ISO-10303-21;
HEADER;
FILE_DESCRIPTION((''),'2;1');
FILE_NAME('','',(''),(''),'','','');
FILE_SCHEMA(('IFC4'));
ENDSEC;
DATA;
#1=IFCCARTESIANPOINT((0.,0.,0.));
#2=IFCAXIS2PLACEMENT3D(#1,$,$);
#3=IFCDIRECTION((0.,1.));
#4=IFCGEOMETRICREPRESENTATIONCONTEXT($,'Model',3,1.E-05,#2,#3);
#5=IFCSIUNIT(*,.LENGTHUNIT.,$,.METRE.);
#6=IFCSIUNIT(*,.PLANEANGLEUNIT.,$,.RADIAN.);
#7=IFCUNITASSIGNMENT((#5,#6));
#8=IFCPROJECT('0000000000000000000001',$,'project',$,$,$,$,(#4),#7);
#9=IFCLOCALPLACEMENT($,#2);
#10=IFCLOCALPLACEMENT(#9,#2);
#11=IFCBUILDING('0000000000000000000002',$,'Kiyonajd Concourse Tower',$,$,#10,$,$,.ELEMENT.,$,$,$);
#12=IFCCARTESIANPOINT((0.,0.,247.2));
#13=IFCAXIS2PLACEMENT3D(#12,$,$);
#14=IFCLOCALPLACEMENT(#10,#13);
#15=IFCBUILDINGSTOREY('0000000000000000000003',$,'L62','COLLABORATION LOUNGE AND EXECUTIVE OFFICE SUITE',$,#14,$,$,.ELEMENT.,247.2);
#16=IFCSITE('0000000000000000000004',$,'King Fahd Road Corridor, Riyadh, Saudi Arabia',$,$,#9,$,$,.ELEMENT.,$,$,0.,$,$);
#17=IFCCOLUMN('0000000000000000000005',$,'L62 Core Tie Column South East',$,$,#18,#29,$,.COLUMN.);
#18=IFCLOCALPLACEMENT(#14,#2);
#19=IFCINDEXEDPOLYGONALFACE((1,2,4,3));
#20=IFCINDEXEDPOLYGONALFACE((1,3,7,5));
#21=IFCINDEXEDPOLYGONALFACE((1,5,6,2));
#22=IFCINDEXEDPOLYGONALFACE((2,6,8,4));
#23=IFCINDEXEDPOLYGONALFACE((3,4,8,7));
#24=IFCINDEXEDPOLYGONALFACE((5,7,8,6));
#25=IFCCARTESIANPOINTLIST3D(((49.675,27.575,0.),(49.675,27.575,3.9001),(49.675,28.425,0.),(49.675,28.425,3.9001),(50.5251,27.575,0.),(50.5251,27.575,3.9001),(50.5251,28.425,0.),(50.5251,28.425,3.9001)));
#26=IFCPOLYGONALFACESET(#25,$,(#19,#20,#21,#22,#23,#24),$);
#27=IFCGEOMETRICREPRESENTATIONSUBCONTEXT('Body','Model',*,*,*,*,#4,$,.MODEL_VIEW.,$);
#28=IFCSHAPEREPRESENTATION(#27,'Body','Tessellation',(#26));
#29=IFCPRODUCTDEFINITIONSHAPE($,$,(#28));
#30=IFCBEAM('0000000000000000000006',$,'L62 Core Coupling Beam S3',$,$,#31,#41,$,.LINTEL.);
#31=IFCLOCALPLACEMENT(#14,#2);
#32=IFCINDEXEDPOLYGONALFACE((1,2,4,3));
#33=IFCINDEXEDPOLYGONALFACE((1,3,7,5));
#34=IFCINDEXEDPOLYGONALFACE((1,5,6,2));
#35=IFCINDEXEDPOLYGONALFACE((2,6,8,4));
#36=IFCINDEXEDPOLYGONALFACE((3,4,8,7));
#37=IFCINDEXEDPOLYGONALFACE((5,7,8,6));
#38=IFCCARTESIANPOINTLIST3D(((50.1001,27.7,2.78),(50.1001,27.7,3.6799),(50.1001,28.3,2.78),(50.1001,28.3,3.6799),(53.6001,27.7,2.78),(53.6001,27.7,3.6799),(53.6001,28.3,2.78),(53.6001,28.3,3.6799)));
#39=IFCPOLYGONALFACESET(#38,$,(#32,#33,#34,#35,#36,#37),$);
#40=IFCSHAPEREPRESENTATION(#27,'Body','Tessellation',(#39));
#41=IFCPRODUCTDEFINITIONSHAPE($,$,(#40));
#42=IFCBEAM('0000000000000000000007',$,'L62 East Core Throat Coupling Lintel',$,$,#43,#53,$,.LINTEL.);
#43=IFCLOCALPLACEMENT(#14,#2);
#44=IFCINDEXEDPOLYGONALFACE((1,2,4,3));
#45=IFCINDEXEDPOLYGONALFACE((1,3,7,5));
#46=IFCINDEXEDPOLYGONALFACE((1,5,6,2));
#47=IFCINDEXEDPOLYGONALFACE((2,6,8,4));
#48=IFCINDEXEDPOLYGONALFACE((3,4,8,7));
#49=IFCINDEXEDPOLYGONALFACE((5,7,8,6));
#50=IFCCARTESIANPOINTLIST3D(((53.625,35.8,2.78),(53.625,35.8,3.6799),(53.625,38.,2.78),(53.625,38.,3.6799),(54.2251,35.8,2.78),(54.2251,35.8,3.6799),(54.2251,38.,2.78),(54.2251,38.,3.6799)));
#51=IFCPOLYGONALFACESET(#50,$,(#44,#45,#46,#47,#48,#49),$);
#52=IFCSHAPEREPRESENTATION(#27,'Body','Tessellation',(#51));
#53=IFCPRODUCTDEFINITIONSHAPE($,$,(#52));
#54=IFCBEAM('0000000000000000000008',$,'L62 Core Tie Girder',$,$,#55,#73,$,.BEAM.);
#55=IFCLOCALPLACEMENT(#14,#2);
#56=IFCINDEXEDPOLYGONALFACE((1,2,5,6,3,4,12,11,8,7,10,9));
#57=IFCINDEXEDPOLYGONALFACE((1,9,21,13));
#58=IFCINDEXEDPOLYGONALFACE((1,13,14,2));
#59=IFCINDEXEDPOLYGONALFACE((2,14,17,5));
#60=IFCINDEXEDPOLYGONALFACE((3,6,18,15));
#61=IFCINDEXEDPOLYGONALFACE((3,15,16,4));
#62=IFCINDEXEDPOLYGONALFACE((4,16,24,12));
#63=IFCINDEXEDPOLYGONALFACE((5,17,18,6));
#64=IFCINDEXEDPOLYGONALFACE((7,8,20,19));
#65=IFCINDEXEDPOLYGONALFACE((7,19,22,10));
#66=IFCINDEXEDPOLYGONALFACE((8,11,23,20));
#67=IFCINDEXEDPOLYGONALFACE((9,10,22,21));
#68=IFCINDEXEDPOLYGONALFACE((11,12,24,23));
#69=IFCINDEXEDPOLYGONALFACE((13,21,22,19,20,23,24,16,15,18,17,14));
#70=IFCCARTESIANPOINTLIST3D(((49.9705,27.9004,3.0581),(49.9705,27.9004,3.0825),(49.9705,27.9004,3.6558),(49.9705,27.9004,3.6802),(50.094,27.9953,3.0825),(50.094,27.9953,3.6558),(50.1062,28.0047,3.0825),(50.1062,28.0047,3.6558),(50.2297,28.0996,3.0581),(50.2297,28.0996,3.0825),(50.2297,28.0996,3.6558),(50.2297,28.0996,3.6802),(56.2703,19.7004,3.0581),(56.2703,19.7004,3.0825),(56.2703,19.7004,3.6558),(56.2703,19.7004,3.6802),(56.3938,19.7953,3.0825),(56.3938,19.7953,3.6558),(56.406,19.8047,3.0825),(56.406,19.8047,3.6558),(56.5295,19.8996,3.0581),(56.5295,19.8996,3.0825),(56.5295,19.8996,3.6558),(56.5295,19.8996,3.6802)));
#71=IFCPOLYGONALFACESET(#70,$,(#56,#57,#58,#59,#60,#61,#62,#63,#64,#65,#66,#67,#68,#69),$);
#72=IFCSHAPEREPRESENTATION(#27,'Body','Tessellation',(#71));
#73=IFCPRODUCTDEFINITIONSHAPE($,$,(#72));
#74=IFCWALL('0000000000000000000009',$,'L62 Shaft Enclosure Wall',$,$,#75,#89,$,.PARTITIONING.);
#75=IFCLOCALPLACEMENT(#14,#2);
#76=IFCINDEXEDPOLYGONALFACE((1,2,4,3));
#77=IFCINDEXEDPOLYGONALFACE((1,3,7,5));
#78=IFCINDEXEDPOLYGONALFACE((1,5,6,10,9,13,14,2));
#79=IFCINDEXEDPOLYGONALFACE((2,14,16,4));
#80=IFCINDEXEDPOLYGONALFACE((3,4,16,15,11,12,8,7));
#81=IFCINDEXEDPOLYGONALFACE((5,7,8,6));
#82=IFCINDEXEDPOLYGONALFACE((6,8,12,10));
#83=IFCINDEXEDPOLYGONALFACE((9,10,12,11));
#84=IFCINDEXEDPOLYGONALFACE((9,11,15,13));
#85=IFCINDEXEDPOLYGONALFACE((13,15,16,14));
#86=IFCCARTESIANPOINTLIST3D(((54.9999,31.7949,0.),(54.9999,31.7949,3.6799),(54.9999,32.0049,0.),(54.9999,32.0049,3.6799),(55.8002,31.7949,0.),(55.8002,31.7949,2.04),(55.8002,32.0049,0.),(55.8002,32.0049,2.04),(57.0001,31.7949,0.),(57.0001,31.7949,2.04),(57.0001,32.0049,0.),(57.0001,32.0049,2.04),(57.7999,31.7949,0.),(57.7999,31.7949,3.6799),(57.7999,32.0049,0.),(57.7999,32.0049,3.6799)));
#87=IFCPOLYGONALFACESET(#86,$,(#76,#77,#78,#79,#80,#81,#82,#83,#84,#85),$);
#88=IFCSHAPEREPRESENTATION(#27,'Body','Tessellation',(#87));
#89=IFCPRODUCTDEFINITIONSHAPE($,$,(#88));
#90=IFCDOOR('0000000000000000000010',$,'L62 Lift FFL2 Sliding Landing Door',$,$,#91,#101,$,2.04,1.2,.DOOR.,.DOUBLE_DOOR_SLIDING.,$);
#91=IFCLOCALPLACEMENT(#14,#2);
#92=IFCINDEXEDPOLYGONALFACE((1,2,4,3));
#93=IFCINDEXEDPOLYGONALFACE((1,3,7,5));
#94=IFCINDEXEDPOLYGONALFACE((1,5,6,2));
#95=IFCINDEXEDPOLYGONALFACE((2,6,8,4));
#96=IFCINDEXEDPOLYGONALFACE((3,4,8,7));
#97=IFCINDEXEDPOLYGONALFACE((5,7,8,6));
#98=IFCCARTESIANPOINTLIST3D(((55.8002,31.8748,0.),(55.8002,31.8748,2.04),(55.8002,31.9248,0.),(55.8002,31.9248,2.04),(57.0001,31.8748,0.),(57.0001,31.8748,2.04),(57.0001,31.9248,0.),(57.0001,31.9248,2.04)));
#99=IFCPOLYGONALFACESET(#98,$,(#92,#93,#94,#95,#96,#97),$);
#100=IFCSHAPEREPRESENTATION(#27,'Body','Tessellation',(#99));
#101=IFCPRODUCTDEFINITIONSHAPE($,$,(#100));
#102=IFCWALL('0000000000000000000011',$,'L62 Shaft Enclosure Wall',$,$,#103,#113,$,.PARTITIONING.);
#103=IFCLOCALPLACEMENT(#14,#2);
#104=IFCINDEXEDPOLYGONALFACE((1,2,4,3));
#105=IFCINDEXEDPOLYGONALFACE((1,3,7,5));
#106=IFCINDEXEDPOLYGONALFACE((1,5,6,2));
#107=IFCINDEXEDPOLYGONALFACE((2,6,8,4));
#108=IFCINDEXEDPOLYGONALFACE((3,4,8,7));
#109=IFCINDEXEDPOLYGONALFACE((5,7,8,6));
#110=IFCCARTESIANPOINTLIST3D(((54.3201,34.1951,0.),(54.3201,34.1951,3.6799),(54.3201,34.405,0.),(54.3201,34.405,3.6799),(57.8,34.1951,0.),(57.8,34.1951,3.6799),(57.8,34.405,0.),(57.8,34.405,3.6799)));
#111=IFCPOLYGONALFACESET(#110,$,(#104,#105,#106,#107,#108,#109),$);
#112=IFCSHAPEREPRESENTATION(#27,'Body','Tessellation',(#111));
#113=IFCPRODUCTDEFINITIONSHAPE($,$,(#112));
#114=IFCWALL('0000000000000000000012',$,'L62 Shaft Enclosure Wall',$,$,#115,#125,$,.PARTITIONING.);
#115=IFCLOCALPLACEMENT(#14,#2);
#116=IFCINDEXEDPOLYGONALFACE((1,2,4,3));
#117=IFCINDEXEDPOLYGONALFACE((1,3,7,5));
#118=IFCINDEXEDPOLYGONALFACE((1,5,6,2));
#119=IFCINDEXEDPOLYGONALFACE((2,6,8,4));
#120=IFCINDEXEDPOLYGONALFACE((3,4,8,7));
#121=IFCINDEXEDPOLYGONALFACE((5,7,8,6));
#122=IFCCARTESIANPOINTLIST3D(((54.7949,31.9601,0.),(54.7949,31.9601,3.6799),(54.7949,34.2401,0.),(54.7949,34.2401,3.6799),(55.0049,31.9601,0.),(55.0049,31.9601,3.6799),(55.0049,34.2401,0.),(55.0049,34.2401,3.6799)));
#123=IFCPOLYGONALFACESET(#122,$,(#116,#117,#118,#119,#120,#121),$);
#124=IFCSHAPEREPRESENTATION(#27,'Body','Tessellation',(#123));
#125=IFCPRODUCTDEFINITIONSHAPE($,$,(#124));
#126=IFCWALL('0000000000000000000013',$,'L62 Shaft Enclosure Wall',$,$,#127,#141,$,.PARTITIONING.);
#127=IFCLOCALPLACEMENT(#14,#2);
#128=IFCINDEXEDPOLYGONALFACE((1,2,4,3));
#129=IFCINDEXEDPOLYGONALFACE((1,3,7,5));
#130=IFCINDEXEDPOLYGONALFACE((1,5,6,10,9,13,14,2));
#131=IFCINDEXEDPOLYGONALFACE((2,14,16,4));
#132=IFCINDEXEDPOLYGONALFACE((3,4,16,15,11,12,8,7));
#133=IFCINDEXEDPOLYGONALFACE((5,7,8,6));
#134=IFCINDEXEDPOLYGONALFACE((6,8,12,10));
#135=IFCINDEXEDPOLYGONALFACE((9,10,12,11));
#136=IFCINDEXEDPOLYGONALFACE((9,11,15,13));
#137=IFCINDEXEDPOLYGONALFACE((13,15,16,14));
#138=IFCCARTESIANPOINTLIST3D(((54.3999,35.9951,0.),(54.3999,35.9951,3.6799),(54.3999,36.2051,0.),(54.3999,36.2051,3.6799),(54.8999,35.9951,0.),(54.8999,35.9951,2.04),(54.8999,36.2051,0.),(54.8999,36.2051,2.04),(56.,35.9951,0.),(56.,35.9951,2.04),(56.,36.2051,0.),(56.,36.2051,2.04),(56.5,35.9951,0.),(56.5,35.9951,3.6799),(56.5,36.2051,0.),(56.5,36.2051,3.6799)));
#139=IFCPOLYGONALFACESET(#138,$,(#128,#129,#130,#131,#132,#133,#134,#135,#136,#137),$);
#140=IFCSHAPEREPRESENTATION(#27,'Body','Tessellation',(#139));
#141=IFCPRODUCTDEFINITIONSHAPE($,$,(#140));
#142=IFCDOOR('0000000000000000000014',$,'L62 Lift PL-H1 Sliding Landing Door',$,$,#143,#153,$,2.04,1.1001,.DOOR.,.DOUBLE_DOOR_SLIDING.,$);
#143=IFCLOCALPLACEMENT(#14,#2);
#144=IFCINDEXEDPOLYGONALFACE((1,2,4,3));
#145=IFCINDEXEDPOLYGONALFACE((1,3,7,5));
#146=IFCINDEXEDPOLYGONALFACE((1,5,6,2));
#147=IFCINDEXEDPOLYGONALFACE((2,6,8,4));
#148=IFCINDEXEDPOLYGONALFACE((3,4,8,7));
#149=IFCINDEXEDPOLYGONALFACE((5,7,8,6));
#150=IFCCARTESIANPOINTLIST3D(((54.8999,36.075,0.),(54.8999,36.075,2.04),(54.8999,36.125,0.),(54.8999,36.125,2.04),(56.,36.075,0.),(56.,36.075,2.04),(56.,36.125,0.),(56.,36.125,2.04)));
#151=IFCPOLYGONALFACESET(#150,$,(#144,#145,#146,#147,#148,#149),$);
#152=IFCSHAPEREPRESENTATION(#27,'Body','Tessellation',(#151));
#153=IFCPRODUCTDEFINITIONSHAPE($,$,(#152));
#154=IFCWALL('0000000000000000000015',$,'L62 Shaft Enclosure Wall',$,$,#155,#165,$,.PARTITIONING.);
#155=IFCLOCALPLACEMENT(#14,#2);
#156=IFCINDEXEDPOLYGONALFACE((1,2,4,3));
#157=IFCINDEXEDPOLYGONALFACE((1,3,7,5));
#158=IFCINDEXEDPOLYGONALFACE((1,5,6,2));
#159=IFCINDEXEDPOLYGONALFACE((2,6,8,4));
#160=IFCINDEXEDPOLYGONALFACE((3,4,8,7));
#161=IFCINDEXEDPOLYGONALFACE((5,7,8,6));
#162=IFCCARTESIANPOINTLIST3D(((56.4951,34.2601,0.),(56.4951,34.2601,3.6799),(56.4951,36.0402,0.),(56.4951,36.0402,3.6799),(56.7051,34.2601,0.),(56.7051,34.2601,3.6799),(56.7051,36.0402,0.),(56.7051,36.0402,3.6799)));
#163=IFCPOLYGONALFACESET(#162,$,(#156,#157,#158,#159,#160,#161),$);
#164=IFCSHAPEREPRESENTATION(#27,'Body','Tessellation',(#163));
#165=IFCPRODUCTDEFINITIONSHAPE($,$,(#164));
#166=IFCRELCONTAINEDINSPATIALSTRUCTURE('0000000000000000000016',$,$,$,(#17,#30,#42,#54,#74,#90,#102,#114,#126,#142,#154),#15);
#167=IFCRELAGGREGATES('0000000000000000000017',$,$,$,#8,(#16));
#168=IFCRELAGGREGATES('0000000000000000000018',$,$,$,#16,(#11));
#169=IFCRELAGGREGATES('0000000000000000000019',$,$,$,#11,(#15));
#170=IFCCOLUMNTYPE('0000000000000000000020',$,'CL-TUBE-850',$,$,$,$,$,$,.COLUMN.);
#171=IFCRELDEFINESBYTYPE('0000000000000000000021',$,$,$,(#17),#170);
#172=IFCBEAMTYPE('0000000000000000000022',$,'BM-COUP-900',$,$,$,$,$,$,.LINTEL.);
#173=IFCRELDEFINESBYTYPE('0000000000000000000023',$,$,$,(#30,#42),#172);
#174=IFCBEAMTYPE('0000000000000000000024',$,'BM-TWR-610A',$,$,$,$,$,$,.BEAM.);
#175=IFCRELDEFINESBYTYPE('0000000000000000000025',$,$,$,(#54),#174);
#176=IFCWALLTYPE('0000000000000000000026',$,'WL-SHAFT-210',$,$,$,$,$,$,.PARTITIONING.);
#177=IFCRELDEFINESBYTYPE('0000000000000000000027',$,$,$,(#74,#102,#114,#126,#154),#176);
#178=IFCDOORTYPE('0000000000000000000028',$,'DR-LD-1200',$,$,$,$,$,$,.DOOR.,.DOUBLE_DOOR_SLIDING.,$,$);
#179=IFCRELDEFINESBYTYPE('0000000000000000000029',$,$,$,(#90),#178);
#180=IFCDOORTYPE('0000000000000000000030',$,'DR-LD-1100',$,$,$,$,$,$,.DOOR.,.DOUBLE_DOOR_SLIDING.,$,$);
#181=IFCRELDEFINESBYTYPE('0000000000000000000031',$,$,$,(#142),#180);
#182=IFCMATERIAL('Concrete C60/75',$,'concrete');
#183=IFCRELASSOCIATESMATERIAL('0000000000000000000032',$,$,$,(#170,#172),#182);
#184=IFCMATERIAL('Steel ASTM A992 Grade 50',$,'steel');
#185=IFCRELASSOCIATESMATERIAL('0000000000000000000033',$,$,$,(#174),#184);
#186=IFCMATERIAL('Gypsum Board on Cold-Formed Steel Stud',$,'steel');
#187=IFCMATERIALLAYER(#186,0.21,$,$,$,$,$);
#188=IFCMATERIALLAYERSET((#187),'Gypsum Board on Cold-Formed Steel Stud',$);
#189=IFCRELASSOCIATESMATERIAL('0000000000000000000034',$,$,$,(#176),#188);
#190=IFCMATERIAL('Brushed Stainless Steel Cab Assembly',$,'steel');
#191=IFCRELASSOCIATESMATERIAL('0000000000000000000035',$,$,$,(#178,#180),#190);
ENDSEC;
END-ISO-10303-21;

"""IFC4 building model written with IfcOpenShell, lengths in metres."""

from ifc_helpers import new_model, si_unit, direction, frame, frame_2d, origin, origin_2d, place, context, subcontext, project, spatial, rectangle, i_section, extrude, material, layer, layer_set, material_profile, profile_set, type_object, element, fill, save


model = new_model("IFC4")

# Units and contexts
model_context = context("Model", 3, precision=1e-05, world=origin(), true_north=direction((0.0, 1.0)))
body_context = subcontext(model_context, "Body", "Model", "MODEL_VIEW")
ifc_project = project(units=[si_unit("LENGTHUNIT", "METRE"), si_unit("PLANEANGLEUNIT", "RADIAN")], contexts=[model_context])

# Site, building, storey
site_placement = place(None, origin())
site = spatial("IfcSite", under=ifc_project, at=site_placement, Name="King Fahd Road Corridor, Riyadh, Saudi Arabia", CompositionType="ELEMENT", RefElevation=0.0)
building_placement = place(site_placement, origin())
building = spatial("IfcBuilding", under=site, at=building_placement, Name="Kiyonajd Concourse Tower", CompositionType="ELEMENT")
storey_placement = place(building_placement, frame((0.0, 0.0, 247.2)))
storey = spatial("IfcBuildingStorey", under=building, at=storey_placement, Name="L62", Description="COLLABORATION LOUNGE AND EXECUTIVE OFFICE SUITE", CompositionType="ELEMENT", Elevation=247.2)

# Column
ifc_material_1 = material(Name="Concrete C60/75", Category="concrete")
ifc_material_profile_1 = material_profile(ifc_material_1, rectangle(XDim=0.8501, YDim=0.8501, at=origin_2d()), Name="RC-850x850")
ifc_profile_set_1 = profile_set([ifc_material_profile_1], Name="Concrete C60/75")
column_type = type_object("IfcColumnType", Name="CL-TUBE-850", PredefinedType="COLUMN", material=ifc_profile_set_1)
column_placement = place(storey_placement, frame((50.1001, 28.0, 0.0), z_axis=(0.0, 0.0, 1.0), x_axis=(1.0, 0.0, 0.0)))
element("IfcColumn", 1, at=column_placement, inside=storey, type_object=column_type, Name="L62 Core Tie Column South East", PredefinedType="COLUMN", context=body_context, shape_type="SweptSolid", body=[
    extrude(rectangle(XDim=0.8501, YDim=0.8501, at=origin_2d()), origin(), (0.0, 0.0, 1.0), 3.9001),
])

# Beams
ifc_material_profile_2 = material_profile(ifc_material_1, rectangle(XDim=0.6001, YDim=0.8999, at=origin_2d()), Name="RCBM-600x900")
ifc_profile_set_2 = profile_set([ifc_material_profile_2], Name="Concrete C60/75")
beam_type_1 = type_object("IfcBeamType", Name="BM-COUP-900", PredefinedType="LINTEL", material=ifc_profile_set_2)
beam_1_placement = place(storey_placement, frame((50.1001, 28.0, 3.23), z_axis=(1.0, 0.0, 0.0), x_axis=(0.0, 1.0, 0.0)))
element("IfcBeam", 2, at=beam_1_placement, inside=storey, type_object=beam_type_1, Name="L62 Core Coupling Beam S3", PredefinedType="LINTEL", context=body_context, shape_type="SweptSolid", body=[
    extrude(rectangle(XDim=0.6001, YDim=0.8999, at=origin_2d()), origin(), (0.0, 0.0, 1.0), 3.5),
])
beam_2_placement = place(storey_placement, frame((53.925, 35.8, 3.23), z_axis=(0.0, 1.0, 0.0), x_axis=(-1.0, 0.0, 0.0)))
element("IfcBeam", 3, at=beam_2_placement, inside=storey, type_object=beam_type_1, Name="L62 East Core Throat Coupling Lintel", PredefinedType="LINTEL", context=body_context, shape_type="SweptSolid", body=[
    extrude(rectangle(XDim=0.6001, YDim=0.8999, at=origin_2d()), origin(), (0.0, 0.0, 1.0), 2.2),
])
ifc_material_2 = material(Name="Steel ASTM A992 Grade 50", Category="steel")
ifc_material_profile_3 = material_profile(ifc_material_2, i_section(OverallWidth=0.3269, OverallDepth=0.6221, WebThickness=0.0154, FlangeThickness=0.0244, at=origin_2d()), Name="W610X195")
ifc_profile_set_3 = profile_set([ifc_material_profile_3], Name="Steel ASTM A992 Grade 50")
beam_type_2 = type_object("IfcBeamType", Name="BM-TWR-610A", PredefinedType="BEAM", material=ifc_profile_set_3)
beam_3_placement = place(storey_placement, frame((50.1001, 28.0, 3.3691), z_axis=(0.609234, -0.792991, 0.0), x_axis=(0.792991, 0.609234, 0.0)))
element("IfcBeam", 4, at=beam_3_placement, inside=storey, type_object=beam_type_2, Name="L62 Core Tie Girder", PredefinedType="BEAM", context=body_context, shape_type="SweptSolid", body=[
    extrude(i_section(OverallWidth=0.3269, OverallDepth=0.6221, WebThickness=0.0154, FlangeThickness=0.0244, at=origin_2d()), origin(), (0.0, 0.0, 1.0), 10.3406),
])

# Wall, opening, door
ifc_material_3 = material(Name="Gypsum Board on Cold-Formed Steel Stud", Category="steel")
ifc_layer_1 = layer(ifc_material_3, 0.21)
ifc_layer_set_1 = layer_set([ifc_layer_1], Name="Gypsum Board on Cold-Formed Steel Stud")
wall_type_1 = type_object("IfcWallType", Name="WL-SHAFT-210", PredefinedType="PARTITIONING", material=ifc_layer_set_1)
wall_1_placement = place(storey_placement, frame((55.0, 31.8999, 0.0), z_axis=(0.0, 0.0, 1.0), x_axis=(1.0, 0.0, 0.0)))
wall_1 = element("IfcWall", 5, at=wall_1_placement, inside=storey, type_object=wall_type_1, Name="L62 Shaft Enclosure Wall", PredefinedType="PARTITIONING", context=body_context, shape_type="SweptSolid", body=[
    extrude(rectangle(XDim=2.8, YDim=0.21, at=frame_2d((1.3999, 0.0))), origin(), (0.0, 0.0, 1.0), 3.6799),
])
opening_1_placement = place(wall_1_placement, frame((0.8, 0.0, 0.0)))
opening_1 = element("IfcOpeningElement", 6, at=opening_1_placement, cuts=wall_1, PredefinedType="OPENING", context=body_context, shape_type="SweptSolid", body=[
    extrude(rectangle(XDim=1.2, YDim=2.04, at=frame_2d((0.6001, 1.02))), frame((0.0, 0.115, 0.0), z_axis=(0.0, -1.0, 0.0), x_axis=(1.0, 0.0, 0.0)), (0.0, 0.0, 1.0), 0.23),
])
ifc_material_4 = material(Name="Brushed Stainless Steel Cab Assembly", Category="steel")
door_type_1 = type_object("IfcDoorType", Name="DR-LD-1200", OperationType="DOUBLE_DOOR_SLIDING", PredefinedType="DOOR", material=ifc_material_4)
door_1_placement = place(opening_1_placement, origin())
door_1 = element("IfcDoor", 7, at=door_1_placement, inside=storey, type_object=door_type_1, Name="L62 Lift FFL2 Sliding Landing Door", OperationType="DOUBLE_DOOR_SLIDING", OverallHeight=2.04, OverallWidth=1.2, PredefinedType="DOOR", context=body_context, shape_type="SweptSolid", body=[
    extrude(rectangle(XDim=1.2, YDim=2.04, at=frame_2d((0.6001, 1.02))), frame((0.0, 0.0249, 0.0), z_axis=(0.0, -1.0, 0.0), x_axis=(1.0, 0.0, 0.0)), (0.0, 0.0, 1.0), 0.05),
])
fill(opening_1, door_1)

# Walls
wall_2_placement = place(storey_placement, frame((54.3201, 34.3, 0.0), z_axis=(0.0, 0.0, 1.0), x_axis=(1.0, 0.0, 0.0)))
element("IfcWall", 8, at=wall_2_placement, inside=storey, type_object=wall_type_1, Name="L62 Shaft Enclosure Wall", PredefinedType="PARTITIONING", context=body_context, shape_type="SweptSolid", body=[
    extrude(rectangle(XDim=3.48, YDim=0.21, at=frame_2d((1.74, 0.0))), origin(), (0.0, 0.0, 1.0), 3.6799),
])
wall_3_placement = place(storey_placement, frame((54.8999, 31.96, 0.0), z_axis=(0.0, 0.0, 1.0), x_axis=(0.0, 1.0, 0.0)))
element("IfcWall", 9, at=wall_3_placement, inside=storey, type_object=wall_type_1, Name="L62 Shaft Enclosure Wall", PredefinedType="PARTITIONING", context=body_context, shape_type="SweptSolid", body=[
    extrude(rectangle(XDim=2.28, YDim=0.21, at=frame_2d((1.1401, 0.0))), origin(), (0.0, 0.0, 1.0), 3.6799),
])

# Wall, opening, door
wall_4_placement = place(storey_placement, frame((54.3999, 36.1001, 0.0), z_axis=(0.0, 0.0, 1.0), x_axis=(1.0, 0.0, 0.0)))
wall_4 = element("IfcWall", 10, at=wall_4_placement, inside=storey, type_object=wall_type_1, Name="L62 Shaft Enclosure Wall", PredefinedType="PARTITIONING", context=body_context, shape_type="SweptSolid", body=[
    extrude(rectangle(XDim=2.1001, YDim=0.21, at=frame_2d((1.05, 0.0))), origin(), (0.0, 0.0, 1.0), 3.6799),
])
opening_2_placement = place(wall_4_placement, frame((0.5, 0.0, 0.0)))
opening_2 = element("IfcOpeningElement", 11, at=opening_2_placement, cuts=wall_4, PredefinedType="OPENING", context=body_context, shape_type="SweptSolid", body=[
    extrude(rectangle(XDim=1.1001, YDim=2.04, at=frame_2d((0.55, 1.02))), frame((0.0, 0.115, 0.0), z_axis=(0.0, -1.0, 0.0), x_axis=(1.0, 0.0, 0.0)), (0.0, 0.0, 1.0), 0.23),
])
door_type_2 = type_object("IfcDoorType", Name="DR-LD-1100", OperationType="DOUBLE_DOOR_SLIDING", PredefinedType="DOOR", material=ifc_material_4)
door_2_placement = place(opening_2_placement, origin())
door_2 = element("IfcDoor", 12, at=door_2_placement, inside=storey, type_object=door_type_2, Name="L62 Lift PL-H1 Sliding Landing Door", OperationType="DOUBLE_DOOR_SLIDING", OverallHeight=2.04, OverallWidth=1.1001, PredefinedType="DOOR", context=body_context, shape_type="SweptSolid", body=[
    extrude(rectangle(XDim=1.1001, YDim=2.04, at=frame_2d((0.55, 1.02))), frame((0.0, 0.0249, 0.0), z_axis=(0.0, -1.0, 0.0), x_axis=(1.0, 0.0, 0.0)), (0.0, 0.0, 1.0), 0.05),
])
fill(opening_2, door_2)

# Wall
wall_5_placement = place(storey_placement, frame((56.6001, 34.26, 0.0), z_axis=(0.0, 0.0, 1.0), x_axis=(0.0, 1.0, 0.0)))
element("IfcWall", 13, at=wall_5_placement, inside=storey, type_object=wall_type_1, Name="L62 Shaft Enclosure Wall", PredefinedType="PARTITIONING", context=body_context, shape_type="SweptSolid", body=[
    extrude(rectangle(XDim=1.78, YDim=0.21, at=frame_2d((0.8901, 0.0))), origin(), (0.0, 0.0, 1.0), 3.6799),
])

save(model, "model.ifc")
